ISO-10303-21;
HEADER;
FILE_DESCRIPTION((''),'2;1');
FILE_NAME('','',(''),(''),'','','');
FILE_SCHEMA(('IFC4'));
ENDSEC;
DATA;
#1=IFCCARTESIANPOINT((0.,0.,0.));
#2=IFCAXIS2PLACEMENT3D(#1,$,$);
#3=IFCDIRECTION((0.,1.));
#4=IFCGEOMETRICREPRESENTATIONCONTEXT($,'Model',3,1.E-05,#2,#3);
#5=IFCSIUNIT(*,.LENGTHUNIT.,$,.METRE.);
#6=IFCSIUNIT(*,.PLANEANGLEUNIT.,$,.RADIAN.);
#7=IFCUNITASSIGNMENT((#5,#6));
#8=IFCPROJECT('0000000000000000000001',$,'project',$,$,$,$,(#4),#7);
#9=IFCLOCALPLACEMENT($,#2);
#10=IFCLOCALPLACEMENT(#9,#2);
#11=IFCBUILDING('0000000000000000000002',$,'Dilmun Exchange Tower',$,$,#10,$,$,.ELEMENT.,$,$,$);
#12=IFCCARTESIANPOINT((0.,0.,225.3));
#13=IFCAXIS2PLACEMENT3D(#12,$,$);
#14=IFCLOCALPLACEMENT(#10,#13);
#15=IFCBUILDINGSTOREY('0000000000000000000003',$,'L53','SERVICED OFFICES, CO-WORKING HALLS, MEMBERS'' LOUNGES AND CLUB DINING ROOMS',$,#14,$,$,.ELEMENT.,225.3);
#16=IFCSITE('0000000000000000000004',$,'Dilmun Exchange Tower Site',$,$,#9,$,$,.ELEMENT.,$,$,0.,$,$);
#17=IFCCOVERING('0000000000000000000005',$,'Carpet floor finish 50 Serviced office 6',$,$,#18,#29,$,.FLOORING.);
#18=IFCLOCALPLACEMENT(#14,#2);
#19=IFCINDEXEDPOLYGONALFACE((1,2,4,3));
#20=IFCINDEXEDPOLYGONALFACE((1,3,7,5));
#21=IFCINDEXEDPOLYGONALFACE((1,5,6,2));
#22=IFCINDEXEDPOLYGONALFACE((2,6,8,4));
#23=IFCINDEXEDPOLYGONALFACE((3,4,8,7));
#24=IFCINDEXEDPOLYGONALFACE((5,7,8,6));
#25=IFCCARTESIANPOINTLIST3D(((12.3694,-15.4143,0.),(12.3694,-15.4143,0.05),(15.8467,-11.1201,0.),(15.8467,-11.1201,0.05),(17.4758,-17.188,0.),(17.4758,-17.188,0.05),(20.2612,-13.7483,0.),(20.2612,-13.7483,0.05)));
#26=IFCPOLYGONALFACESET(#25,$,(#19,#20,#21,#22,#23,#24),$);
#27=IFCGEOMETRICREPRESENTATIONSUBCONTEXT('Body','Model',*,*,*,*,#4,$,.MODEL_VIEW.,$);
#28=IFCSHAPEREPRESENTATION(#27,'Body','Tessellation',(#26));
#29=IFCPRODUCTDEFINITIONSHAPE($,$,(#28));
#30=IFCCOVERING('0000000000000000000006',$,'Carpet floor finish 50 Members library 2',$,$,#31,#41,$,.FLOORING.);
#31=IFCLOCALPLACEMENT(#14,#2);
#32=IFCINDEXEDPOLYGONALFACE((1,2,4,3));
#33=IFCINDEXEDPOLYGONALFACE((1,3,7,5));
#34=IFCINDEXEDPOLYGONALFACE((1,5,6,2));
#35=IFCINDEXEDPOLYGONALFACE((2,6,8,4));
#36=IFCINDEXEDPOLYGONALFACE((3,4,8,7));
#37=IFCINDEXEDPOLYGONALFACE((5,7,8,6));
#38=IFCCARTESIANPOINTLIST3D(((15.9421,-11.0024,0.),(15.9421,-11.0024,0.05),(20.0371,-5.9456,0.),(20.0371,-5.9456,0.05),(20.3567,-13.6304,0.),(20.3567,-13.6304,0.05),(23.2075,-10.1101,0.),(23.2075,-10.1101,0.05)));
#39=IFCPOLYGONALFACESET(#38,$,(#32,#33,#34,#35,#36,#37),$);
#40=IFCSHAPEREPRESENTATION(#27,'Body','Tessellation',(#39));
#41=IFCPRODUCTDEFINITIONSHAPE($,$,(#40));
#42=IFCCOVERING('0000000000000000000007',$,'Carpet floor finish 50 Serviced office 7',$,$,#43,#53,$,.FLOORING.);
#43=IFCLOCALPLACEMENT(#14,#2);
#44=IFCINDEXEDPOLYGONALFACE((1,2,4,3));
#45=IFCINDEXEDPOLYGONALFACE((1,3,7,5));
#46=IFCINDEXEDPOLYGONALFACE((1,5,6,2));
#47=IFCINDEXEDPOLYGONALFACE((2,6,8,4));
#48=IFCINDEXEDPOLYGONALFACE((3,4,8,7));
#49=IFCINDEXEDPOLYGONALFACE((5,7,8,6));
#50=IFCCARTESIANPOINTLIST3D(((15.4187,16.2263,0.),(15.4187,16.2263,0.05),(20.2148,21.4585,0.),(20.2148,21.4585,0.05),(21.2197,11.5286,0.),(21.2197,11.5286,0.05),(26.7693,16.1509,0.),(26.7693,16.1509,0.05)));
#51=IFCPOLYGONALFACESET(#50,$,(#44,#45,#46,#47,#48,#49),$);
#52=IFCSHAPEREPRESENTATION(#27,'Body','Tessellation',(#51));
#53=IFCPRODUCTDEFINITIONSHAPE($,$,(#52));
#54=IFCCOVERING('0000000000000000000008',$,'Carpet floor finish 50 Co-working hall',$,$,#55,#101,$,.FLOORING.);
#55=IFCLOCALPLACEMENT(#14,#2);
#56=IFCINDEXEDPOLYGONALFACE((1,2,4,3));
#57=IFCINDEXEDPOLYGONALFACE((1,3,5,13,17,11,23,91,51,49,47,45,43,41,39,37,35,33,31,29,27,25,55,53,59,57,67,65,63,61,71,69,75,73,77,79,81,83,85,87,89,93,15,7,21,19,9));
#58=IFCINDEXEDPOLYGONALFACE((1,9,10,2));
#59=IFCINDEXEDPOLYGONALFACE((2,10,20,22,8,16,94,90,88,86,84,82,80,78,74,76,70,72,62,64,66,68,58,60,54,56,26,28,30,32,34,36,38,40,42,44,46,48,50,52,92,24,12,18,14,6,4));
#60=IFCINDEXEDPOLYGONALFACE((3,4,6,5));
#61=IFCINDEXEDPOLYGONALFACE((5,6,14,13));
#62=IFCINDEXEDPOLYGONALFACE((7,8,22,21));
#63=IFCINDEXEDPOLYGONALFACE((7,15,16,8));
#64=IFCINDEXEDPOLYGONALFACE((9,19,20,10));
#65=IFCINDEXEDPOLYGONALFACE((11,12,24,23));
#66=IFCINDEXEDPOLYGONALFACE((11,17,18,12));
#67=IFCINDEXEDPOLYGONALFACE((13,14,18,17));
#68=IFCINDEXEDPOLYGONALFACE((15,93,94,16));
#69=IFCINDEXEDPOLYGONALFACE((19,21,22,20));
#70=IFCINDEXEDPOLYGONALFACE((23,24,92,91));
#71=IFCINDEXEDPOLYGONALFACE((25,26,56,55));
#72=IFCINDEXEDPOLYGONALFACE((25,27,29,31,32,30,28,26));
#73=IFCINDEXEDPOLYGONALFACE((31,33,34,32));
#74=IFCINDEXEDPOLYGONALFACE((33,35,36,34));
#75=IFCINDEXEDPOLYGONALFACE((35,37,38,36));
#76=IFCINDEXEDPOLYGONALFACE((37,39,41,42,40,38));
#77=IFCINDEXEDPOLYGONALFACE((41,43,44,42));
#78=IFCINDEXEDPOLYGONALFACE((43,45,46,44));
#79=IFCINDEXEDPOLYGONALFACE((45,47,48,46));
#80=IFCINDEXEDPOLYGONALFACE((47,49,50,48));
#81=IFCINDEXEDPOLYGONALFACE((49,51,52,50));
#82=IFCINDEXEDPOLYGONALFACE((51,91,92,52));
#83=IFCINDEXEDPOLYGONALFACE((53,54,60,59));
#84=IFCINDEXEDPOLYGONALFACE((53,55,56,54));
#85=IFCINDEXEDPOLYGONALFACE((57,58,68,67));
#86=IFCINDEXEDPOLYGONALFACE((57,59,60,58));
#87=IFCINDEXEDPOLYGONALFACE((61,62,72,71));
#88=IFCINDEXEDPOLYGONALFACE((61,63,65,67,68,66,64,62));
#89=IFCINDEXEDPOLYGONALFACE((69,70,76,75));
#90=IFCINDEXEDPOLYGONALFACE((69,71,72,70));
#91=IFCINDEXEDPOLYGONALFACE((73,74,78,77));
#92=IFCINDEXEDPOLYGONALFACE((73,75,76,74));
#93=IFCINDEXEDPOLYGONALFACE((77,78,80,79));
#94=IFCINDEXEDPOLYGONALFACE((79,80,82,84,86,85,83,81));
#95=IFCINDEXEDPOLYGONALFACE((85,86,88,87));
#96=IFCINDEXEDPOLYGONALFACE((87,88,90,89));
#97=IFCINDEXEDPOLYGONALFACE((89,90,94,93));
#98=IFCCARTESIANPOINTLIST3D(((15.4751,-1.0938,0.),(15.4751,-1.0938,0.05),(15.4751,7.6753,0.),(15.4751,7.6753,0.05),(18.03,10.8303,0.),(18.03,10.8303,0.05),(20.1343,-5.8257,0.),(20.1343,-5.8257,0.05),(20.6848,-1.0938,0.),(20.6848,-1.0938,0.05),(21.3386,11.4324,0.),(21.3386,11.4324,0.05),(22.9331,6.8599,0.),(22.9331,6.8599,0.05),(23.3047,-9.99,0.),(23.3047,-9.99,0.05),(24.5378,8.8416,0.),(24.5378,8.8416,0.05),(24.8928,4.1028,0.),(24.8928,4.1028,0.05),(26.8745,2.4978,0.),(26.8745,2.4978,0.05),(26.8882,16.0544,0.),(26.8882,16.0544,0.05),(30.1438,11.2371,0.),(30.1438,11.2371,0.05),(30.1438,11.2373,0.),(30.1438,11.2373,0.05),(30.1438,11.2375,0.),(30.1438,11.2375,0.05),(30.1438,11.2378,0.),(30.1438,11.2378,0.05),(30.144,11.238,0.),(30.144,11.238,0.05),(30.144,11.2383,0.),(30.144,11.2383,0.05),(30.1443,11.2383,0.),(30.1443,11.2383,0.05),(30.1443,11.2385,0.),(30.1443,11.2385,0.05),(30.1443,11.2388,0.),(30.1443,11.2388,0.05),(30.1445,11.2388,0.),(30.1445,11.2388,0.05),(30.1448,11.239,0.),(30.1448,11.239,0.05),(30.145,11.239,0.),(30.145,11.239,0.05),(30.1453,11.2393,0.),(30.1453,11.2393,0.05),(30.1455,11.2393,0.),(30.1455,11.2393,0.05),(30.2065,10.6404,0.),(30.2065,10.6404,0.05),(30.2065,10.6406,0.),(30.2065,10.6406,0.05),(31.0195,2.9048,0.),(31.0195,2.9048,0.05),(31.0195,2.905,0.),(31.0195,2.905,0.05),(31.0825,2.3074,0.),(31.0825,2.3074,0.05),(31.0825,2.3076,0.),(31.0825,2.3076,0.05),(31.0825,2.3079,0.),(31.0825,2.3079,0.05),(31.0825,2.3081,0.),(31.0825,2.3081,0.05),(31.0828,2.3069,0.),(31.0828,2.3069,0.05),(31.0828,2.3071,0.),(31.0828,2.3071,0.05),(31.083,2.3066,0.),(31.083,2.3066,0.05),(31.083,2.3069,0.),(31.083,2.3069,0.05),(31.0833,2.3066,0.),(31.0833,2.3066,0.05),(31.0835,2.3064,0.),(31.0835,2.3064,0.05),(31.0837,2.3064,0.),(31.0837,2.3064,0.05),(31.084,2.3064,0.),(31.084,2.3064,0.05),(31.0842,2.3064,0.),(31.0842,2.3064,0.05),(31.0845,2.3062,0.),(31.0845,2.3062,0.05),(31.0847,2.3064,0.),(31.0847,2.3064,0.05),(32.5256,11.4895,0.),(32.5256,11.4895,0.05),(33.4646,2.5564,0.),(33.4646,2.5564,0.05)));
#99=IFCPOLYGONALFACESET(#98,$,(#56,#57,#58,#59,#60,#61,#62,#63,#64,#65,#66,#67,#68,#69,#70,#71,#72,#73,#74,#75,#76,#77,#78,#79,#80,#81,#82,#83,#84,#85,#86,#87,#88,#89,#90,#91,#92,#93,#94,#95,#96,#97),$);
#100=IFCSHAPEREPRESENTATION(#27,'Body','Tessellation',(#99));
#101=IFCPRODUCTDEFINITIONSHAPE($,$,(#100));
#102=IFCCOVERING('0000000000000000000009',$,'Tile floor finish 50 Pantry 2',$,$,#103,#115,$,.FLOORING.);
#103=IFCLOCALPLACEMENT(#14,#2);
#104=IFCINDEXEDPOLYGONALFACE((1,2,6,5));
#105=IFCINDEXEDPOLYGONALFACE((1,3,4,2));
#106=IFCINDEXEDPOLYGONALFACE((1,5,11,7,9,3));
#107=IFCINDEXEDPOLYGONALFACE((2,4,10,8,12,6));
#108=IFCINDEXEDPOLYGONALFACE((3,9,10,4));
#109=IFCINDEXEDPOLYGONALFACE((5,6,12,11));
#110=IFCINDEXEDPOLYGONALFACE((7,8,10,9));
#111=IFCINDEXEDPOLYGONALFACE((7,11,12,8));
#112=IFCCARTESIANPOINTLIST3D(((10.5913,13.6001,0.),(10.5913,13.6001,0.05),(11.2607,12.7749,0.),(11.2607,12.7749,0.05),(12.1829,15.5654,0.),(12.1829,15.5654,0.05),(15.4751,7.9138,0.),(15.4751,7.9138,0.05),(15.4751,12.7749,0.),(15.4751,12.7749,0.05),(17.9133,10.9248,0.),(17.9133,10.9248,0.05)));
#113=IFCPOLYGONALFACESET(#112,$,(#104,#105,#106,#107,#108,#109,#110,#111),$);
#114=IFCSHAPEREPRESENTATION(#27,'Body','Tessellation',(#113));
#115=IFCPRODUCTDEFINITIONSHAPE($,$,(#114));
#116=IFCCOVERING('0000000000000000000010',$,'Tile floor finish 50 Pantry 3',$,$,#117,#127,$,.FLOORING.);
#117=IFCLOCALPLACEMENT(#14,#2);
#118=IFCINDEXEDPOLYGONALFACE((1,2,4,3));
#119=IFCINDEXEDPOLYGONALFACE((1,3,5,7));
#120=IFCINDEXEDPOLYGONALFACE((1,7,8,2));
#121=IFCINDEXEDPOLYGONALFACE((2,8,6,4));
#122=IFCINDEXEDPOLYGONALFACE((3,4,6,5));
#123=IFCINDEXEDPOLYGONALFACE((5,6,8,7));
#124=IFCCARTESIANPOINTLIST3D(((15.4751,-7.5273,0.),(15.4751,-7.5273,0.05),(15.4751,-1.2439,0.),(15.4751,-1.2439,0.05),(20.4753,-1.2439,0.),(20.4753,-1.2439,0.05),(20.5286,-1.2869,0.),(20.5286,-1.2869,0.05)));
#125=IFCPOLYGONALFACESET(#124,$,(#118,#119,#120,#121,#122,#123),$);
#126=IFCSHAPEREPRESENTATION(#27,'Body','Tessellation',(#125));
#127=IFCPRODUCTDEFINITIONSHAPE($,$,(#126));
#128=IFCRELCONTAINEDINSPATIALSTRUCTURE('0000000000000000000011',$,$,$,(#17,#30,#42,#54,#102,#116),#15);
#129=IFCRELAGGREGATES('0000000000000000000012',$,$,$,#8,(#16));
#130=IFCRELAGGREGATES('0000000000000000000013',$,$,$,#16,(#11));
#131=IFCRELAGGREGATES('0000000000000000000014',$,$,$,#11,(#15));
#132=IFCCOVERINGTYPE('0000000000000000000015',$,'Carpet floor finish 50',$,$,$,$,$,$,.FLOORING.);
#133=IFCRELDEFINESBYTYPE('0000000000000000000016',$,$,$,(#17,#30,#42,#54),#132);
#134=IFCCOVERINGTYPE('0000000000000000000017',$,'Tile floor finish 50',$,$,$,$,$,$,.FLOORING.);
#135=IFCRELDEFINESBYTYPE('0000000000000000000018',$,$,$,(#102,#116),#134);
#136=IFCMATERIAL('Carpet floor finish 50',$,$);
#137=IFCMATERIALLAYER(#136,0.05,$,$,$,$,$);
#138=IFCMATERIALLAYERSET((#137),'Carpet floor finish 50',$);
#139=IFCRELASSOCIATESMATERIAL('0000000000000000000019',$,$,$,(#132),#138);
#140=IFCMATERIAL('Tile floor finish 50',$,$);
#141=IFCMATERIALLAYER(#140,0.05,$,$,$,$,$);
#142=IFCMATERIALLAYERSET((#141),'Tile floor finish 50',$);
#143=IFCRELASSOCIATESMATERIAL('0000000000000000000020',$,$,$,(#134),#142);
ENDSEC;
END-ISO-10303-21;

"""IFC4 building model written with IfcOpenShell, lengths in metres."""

from ifc_helpers import new_model, si_unit, direction, frame, origin, place, context, subcontext, project, spatial, polyline, outline, extrude, material, layer, layer_set, type_object, element, save


model = new_model("IFC4")

# Units and contexts
model_context = context("Model", 3, precision=1e-05, world=origin(), true_north=direction((0.0, 1.0)))
body_context = subcontext(model_context, "Body", "Model", "MODEL_VIEW")
ifc_project = project(units=[si_unit("LENGTHUNIT", "METRE"), si_unit("PLANEANGLEUNIT", "RADIAN")], contexts=[model_context])

# Site, building, storey
site_placement = place(None, origin())
site = spatial("IfcSite", under=ifc_project, at=site_placement, Name="Dilmun Exchange Tower Site", CompositionType="ELEMENT", RefElevation=0.0)
building_placement = place(site_placement, origin())
building = spatial("IfcBuilding", under=site, at=building_placement, Name="Dilmun Exchange Tower", CompositionType="ELEMENT")
storey_placement = place(building_placement, frame((0.0, 0.0, 225.3)))
storey = spatial("IfcBuildingStorey", under=building, at=storey_placement, Name="L53", Description="SERVICED OFFICES, CO-WORKING HALLS, MEMBERS' LOUNGES AND CLUB DINING ROOMS", CompositionType="ELEMENT", Elevation=225.3)

# Coverings
ifc_material_1 = material(Name="Carpet floor finish 50")
ifc_layer_1 = layer(ifc_material_1, 0.05)
ifc_layer_set_1 = layer_set([ifc_layer_1], Name="Carpet floor finish 50")
covering_type_1 = type_object("IfcCoveringType", Name="Carpet floor finish 50", PredefinedType="FLOORING", material=ifc_layer_set_1)
covering_1_placement = place(storey_placement, origin())
element("IfcCovering", 1, at=covering_1_placement, inside=storey, type_object=covering_type_1, Name="Carpet floor finish 50 Serviced office 6", PredefinedType="FLOORING", context=body_context, shape_type="SweptSolid", body=[
    extrude(outline(polyline([(12.3694, -15.4143), (15.8467, -11.1201), (20.2612, -13.7483), (17.4758, -17.188), (12.3694, -15.4143)])), origin(), (0.0, 0.0, 1.0), 0.05),
])
covering_2_placement = place(storey_placement, origin())
element("IfcCovering", 2, at=covering_2_placement, inside=storey, type_object=covering_type_1, Name="Carpet floor finish 50 Members library 2", PredefinedType="FLOORING", context=body_context, shape_type="SweptSolid", body=[
    extrude(outline(polyline([(20.0371, -5.9456), (23.2075, -10.1101), (20.3567, -13.6304), (15.9421, -11.0024), (20.0371, -5.9456)])), origin(), (0.0, 0.0, 1.0), 0.05),
])
covering_3_placement = place(storey_placement, origin())
element("IfcCovering", 3, at=covering_3_placement, inside=storey, type_object=covering_type_1, Name="Carpet floor finish 50 Serviced office 7", PredefinedType="FLOORING", context=body_context, shape_type="SweptSolid", body=[
    extrude(outline(polyline([(15.4187, 16.2263), (20.2148, 21.4585), (26.7693, 16.1509), (21.2197, 11.5286), (15.4187, 16.2263)])), origin(), (0.0, 0.0, 1.0), 0.05),
])
covering_4_placement = place(storey_placement, origin())
element("IfcCovering", 4, at=covering_4_placement, inside=storey, type_object=covering_type_1, Name="Carpet floor finish 50 Co-working hall", PredefinedType="FLOORING", context=body_context, shape_type="SweptSolid", body=[
    extrude(outline(polyline([(22.9331, 6.8599), (24.5378, 8.8416), (21.3386, 11.4324), (26.8882, 16.0544), (32.5256, 11.4895), (30.1455, 11.2393), (30.1455, 11.2393), (30.1453, 11.2393), (30.145, 11.239), (30.145, 11.239), (30.1448, 11.239), (30.1445, 11.2388), (30.1443, 11.2388), (30.1443, 11.2385), (30.1443, 11.2383), (30.144, 11.2383), (30.144, 11.238), (30.1438, 11.2378), (30.1438, 11.2375), (30.1438, 11.2373), (30.1438, 11.2373), (30.1438, 11.2371), (30.2065, 10.6406), (30.2065, 10.6404), (30.2065, 10.6404), (31.0195, 2.905), (31.0195, 2.9048), (31.0195, 2.9048), (31.0825, 2.3081), (31.0825, 2.3079), (31.0825, 2.3076), (31.0825, 2.3076), (31.0825, 2.3074), (31.0828, 2.3071), (31.0828, 2.3069), (31.083, 2.3069), (31.083, 2.3066), (31.0833, 2.3066), (31.0835, 2.3064), (31.0835, 2.3064), (31.0837, 2.3064), (31.084, 2.3064), (31.0842, 2.3064), (31.0845, 2.3062), (31.0847, 2.3064), (33.4646, 2.5564), (23.3047, -9.99), (20.1343, -5.8257), (26.8745, 2.4978), (24.8928, 4.1028), (20.6848, -1.0938), (15.4751, -1.0938), (15.4751, 7.6753), (18.03, 10.8303), (22.9331, 6.8599)])), origin(), (0.0, 0.0, 1.0), 0.05),
])
ifc_material_2 = material(Name="Tile floor finish 50")
ifc_layer_2 = layer(ifc_material_2, 0.05)
ifc_layer_set_2 = layer_set([ifc_layer_2], Name="Tile floor finish 50")
covering_type_2 = type_object("IfcCoveringType", Name="Tile floor finish 50", PredefinedType="FLOORING", material=ifc_layer_set_2)
covering_5_placement = place(storey_placement, origin())
element("IfcCovering", 5, at=covering_5_placement, inside=storey, type_object=covering_type_2, Name="Tile floor finish 50 Pantry 2", PredefinedType="FLOORING", context=body_context, shape_type="SweptSolid", body=[
    extrude(outline(polyline([(10.5913, 13.6001), (12.1829, 15.5654), (17.9133, 10.9248), (15.4751, 7.9138), (15.4751, 12.7749), (11.2607, 12.7749), (10.5913, 13.6001)])), origin(), (0.0, 0.0, 1.0), 0.05),
])
covering_6_placement = place(storey_placement, origin())
element("IfcCovering", 6, at=covering_6_placement, inside=storey, type_object=covering_type_2, Name="Tile floor finish 50 Pantry 3", PredefinedType="FLOORING", context=body_context, shape_type="SweptSolid", body=[
    extrude(outline(polyline([(20.5286, -1.2869), (15.4751, -7.5273), (15.4751, -1.2439), (20.4753, -1.2439), (20.5286, -1.2869)])), origin(), (0.0, 0.0, 1.0), 0.05),
])

save(model, "model.ifc")
